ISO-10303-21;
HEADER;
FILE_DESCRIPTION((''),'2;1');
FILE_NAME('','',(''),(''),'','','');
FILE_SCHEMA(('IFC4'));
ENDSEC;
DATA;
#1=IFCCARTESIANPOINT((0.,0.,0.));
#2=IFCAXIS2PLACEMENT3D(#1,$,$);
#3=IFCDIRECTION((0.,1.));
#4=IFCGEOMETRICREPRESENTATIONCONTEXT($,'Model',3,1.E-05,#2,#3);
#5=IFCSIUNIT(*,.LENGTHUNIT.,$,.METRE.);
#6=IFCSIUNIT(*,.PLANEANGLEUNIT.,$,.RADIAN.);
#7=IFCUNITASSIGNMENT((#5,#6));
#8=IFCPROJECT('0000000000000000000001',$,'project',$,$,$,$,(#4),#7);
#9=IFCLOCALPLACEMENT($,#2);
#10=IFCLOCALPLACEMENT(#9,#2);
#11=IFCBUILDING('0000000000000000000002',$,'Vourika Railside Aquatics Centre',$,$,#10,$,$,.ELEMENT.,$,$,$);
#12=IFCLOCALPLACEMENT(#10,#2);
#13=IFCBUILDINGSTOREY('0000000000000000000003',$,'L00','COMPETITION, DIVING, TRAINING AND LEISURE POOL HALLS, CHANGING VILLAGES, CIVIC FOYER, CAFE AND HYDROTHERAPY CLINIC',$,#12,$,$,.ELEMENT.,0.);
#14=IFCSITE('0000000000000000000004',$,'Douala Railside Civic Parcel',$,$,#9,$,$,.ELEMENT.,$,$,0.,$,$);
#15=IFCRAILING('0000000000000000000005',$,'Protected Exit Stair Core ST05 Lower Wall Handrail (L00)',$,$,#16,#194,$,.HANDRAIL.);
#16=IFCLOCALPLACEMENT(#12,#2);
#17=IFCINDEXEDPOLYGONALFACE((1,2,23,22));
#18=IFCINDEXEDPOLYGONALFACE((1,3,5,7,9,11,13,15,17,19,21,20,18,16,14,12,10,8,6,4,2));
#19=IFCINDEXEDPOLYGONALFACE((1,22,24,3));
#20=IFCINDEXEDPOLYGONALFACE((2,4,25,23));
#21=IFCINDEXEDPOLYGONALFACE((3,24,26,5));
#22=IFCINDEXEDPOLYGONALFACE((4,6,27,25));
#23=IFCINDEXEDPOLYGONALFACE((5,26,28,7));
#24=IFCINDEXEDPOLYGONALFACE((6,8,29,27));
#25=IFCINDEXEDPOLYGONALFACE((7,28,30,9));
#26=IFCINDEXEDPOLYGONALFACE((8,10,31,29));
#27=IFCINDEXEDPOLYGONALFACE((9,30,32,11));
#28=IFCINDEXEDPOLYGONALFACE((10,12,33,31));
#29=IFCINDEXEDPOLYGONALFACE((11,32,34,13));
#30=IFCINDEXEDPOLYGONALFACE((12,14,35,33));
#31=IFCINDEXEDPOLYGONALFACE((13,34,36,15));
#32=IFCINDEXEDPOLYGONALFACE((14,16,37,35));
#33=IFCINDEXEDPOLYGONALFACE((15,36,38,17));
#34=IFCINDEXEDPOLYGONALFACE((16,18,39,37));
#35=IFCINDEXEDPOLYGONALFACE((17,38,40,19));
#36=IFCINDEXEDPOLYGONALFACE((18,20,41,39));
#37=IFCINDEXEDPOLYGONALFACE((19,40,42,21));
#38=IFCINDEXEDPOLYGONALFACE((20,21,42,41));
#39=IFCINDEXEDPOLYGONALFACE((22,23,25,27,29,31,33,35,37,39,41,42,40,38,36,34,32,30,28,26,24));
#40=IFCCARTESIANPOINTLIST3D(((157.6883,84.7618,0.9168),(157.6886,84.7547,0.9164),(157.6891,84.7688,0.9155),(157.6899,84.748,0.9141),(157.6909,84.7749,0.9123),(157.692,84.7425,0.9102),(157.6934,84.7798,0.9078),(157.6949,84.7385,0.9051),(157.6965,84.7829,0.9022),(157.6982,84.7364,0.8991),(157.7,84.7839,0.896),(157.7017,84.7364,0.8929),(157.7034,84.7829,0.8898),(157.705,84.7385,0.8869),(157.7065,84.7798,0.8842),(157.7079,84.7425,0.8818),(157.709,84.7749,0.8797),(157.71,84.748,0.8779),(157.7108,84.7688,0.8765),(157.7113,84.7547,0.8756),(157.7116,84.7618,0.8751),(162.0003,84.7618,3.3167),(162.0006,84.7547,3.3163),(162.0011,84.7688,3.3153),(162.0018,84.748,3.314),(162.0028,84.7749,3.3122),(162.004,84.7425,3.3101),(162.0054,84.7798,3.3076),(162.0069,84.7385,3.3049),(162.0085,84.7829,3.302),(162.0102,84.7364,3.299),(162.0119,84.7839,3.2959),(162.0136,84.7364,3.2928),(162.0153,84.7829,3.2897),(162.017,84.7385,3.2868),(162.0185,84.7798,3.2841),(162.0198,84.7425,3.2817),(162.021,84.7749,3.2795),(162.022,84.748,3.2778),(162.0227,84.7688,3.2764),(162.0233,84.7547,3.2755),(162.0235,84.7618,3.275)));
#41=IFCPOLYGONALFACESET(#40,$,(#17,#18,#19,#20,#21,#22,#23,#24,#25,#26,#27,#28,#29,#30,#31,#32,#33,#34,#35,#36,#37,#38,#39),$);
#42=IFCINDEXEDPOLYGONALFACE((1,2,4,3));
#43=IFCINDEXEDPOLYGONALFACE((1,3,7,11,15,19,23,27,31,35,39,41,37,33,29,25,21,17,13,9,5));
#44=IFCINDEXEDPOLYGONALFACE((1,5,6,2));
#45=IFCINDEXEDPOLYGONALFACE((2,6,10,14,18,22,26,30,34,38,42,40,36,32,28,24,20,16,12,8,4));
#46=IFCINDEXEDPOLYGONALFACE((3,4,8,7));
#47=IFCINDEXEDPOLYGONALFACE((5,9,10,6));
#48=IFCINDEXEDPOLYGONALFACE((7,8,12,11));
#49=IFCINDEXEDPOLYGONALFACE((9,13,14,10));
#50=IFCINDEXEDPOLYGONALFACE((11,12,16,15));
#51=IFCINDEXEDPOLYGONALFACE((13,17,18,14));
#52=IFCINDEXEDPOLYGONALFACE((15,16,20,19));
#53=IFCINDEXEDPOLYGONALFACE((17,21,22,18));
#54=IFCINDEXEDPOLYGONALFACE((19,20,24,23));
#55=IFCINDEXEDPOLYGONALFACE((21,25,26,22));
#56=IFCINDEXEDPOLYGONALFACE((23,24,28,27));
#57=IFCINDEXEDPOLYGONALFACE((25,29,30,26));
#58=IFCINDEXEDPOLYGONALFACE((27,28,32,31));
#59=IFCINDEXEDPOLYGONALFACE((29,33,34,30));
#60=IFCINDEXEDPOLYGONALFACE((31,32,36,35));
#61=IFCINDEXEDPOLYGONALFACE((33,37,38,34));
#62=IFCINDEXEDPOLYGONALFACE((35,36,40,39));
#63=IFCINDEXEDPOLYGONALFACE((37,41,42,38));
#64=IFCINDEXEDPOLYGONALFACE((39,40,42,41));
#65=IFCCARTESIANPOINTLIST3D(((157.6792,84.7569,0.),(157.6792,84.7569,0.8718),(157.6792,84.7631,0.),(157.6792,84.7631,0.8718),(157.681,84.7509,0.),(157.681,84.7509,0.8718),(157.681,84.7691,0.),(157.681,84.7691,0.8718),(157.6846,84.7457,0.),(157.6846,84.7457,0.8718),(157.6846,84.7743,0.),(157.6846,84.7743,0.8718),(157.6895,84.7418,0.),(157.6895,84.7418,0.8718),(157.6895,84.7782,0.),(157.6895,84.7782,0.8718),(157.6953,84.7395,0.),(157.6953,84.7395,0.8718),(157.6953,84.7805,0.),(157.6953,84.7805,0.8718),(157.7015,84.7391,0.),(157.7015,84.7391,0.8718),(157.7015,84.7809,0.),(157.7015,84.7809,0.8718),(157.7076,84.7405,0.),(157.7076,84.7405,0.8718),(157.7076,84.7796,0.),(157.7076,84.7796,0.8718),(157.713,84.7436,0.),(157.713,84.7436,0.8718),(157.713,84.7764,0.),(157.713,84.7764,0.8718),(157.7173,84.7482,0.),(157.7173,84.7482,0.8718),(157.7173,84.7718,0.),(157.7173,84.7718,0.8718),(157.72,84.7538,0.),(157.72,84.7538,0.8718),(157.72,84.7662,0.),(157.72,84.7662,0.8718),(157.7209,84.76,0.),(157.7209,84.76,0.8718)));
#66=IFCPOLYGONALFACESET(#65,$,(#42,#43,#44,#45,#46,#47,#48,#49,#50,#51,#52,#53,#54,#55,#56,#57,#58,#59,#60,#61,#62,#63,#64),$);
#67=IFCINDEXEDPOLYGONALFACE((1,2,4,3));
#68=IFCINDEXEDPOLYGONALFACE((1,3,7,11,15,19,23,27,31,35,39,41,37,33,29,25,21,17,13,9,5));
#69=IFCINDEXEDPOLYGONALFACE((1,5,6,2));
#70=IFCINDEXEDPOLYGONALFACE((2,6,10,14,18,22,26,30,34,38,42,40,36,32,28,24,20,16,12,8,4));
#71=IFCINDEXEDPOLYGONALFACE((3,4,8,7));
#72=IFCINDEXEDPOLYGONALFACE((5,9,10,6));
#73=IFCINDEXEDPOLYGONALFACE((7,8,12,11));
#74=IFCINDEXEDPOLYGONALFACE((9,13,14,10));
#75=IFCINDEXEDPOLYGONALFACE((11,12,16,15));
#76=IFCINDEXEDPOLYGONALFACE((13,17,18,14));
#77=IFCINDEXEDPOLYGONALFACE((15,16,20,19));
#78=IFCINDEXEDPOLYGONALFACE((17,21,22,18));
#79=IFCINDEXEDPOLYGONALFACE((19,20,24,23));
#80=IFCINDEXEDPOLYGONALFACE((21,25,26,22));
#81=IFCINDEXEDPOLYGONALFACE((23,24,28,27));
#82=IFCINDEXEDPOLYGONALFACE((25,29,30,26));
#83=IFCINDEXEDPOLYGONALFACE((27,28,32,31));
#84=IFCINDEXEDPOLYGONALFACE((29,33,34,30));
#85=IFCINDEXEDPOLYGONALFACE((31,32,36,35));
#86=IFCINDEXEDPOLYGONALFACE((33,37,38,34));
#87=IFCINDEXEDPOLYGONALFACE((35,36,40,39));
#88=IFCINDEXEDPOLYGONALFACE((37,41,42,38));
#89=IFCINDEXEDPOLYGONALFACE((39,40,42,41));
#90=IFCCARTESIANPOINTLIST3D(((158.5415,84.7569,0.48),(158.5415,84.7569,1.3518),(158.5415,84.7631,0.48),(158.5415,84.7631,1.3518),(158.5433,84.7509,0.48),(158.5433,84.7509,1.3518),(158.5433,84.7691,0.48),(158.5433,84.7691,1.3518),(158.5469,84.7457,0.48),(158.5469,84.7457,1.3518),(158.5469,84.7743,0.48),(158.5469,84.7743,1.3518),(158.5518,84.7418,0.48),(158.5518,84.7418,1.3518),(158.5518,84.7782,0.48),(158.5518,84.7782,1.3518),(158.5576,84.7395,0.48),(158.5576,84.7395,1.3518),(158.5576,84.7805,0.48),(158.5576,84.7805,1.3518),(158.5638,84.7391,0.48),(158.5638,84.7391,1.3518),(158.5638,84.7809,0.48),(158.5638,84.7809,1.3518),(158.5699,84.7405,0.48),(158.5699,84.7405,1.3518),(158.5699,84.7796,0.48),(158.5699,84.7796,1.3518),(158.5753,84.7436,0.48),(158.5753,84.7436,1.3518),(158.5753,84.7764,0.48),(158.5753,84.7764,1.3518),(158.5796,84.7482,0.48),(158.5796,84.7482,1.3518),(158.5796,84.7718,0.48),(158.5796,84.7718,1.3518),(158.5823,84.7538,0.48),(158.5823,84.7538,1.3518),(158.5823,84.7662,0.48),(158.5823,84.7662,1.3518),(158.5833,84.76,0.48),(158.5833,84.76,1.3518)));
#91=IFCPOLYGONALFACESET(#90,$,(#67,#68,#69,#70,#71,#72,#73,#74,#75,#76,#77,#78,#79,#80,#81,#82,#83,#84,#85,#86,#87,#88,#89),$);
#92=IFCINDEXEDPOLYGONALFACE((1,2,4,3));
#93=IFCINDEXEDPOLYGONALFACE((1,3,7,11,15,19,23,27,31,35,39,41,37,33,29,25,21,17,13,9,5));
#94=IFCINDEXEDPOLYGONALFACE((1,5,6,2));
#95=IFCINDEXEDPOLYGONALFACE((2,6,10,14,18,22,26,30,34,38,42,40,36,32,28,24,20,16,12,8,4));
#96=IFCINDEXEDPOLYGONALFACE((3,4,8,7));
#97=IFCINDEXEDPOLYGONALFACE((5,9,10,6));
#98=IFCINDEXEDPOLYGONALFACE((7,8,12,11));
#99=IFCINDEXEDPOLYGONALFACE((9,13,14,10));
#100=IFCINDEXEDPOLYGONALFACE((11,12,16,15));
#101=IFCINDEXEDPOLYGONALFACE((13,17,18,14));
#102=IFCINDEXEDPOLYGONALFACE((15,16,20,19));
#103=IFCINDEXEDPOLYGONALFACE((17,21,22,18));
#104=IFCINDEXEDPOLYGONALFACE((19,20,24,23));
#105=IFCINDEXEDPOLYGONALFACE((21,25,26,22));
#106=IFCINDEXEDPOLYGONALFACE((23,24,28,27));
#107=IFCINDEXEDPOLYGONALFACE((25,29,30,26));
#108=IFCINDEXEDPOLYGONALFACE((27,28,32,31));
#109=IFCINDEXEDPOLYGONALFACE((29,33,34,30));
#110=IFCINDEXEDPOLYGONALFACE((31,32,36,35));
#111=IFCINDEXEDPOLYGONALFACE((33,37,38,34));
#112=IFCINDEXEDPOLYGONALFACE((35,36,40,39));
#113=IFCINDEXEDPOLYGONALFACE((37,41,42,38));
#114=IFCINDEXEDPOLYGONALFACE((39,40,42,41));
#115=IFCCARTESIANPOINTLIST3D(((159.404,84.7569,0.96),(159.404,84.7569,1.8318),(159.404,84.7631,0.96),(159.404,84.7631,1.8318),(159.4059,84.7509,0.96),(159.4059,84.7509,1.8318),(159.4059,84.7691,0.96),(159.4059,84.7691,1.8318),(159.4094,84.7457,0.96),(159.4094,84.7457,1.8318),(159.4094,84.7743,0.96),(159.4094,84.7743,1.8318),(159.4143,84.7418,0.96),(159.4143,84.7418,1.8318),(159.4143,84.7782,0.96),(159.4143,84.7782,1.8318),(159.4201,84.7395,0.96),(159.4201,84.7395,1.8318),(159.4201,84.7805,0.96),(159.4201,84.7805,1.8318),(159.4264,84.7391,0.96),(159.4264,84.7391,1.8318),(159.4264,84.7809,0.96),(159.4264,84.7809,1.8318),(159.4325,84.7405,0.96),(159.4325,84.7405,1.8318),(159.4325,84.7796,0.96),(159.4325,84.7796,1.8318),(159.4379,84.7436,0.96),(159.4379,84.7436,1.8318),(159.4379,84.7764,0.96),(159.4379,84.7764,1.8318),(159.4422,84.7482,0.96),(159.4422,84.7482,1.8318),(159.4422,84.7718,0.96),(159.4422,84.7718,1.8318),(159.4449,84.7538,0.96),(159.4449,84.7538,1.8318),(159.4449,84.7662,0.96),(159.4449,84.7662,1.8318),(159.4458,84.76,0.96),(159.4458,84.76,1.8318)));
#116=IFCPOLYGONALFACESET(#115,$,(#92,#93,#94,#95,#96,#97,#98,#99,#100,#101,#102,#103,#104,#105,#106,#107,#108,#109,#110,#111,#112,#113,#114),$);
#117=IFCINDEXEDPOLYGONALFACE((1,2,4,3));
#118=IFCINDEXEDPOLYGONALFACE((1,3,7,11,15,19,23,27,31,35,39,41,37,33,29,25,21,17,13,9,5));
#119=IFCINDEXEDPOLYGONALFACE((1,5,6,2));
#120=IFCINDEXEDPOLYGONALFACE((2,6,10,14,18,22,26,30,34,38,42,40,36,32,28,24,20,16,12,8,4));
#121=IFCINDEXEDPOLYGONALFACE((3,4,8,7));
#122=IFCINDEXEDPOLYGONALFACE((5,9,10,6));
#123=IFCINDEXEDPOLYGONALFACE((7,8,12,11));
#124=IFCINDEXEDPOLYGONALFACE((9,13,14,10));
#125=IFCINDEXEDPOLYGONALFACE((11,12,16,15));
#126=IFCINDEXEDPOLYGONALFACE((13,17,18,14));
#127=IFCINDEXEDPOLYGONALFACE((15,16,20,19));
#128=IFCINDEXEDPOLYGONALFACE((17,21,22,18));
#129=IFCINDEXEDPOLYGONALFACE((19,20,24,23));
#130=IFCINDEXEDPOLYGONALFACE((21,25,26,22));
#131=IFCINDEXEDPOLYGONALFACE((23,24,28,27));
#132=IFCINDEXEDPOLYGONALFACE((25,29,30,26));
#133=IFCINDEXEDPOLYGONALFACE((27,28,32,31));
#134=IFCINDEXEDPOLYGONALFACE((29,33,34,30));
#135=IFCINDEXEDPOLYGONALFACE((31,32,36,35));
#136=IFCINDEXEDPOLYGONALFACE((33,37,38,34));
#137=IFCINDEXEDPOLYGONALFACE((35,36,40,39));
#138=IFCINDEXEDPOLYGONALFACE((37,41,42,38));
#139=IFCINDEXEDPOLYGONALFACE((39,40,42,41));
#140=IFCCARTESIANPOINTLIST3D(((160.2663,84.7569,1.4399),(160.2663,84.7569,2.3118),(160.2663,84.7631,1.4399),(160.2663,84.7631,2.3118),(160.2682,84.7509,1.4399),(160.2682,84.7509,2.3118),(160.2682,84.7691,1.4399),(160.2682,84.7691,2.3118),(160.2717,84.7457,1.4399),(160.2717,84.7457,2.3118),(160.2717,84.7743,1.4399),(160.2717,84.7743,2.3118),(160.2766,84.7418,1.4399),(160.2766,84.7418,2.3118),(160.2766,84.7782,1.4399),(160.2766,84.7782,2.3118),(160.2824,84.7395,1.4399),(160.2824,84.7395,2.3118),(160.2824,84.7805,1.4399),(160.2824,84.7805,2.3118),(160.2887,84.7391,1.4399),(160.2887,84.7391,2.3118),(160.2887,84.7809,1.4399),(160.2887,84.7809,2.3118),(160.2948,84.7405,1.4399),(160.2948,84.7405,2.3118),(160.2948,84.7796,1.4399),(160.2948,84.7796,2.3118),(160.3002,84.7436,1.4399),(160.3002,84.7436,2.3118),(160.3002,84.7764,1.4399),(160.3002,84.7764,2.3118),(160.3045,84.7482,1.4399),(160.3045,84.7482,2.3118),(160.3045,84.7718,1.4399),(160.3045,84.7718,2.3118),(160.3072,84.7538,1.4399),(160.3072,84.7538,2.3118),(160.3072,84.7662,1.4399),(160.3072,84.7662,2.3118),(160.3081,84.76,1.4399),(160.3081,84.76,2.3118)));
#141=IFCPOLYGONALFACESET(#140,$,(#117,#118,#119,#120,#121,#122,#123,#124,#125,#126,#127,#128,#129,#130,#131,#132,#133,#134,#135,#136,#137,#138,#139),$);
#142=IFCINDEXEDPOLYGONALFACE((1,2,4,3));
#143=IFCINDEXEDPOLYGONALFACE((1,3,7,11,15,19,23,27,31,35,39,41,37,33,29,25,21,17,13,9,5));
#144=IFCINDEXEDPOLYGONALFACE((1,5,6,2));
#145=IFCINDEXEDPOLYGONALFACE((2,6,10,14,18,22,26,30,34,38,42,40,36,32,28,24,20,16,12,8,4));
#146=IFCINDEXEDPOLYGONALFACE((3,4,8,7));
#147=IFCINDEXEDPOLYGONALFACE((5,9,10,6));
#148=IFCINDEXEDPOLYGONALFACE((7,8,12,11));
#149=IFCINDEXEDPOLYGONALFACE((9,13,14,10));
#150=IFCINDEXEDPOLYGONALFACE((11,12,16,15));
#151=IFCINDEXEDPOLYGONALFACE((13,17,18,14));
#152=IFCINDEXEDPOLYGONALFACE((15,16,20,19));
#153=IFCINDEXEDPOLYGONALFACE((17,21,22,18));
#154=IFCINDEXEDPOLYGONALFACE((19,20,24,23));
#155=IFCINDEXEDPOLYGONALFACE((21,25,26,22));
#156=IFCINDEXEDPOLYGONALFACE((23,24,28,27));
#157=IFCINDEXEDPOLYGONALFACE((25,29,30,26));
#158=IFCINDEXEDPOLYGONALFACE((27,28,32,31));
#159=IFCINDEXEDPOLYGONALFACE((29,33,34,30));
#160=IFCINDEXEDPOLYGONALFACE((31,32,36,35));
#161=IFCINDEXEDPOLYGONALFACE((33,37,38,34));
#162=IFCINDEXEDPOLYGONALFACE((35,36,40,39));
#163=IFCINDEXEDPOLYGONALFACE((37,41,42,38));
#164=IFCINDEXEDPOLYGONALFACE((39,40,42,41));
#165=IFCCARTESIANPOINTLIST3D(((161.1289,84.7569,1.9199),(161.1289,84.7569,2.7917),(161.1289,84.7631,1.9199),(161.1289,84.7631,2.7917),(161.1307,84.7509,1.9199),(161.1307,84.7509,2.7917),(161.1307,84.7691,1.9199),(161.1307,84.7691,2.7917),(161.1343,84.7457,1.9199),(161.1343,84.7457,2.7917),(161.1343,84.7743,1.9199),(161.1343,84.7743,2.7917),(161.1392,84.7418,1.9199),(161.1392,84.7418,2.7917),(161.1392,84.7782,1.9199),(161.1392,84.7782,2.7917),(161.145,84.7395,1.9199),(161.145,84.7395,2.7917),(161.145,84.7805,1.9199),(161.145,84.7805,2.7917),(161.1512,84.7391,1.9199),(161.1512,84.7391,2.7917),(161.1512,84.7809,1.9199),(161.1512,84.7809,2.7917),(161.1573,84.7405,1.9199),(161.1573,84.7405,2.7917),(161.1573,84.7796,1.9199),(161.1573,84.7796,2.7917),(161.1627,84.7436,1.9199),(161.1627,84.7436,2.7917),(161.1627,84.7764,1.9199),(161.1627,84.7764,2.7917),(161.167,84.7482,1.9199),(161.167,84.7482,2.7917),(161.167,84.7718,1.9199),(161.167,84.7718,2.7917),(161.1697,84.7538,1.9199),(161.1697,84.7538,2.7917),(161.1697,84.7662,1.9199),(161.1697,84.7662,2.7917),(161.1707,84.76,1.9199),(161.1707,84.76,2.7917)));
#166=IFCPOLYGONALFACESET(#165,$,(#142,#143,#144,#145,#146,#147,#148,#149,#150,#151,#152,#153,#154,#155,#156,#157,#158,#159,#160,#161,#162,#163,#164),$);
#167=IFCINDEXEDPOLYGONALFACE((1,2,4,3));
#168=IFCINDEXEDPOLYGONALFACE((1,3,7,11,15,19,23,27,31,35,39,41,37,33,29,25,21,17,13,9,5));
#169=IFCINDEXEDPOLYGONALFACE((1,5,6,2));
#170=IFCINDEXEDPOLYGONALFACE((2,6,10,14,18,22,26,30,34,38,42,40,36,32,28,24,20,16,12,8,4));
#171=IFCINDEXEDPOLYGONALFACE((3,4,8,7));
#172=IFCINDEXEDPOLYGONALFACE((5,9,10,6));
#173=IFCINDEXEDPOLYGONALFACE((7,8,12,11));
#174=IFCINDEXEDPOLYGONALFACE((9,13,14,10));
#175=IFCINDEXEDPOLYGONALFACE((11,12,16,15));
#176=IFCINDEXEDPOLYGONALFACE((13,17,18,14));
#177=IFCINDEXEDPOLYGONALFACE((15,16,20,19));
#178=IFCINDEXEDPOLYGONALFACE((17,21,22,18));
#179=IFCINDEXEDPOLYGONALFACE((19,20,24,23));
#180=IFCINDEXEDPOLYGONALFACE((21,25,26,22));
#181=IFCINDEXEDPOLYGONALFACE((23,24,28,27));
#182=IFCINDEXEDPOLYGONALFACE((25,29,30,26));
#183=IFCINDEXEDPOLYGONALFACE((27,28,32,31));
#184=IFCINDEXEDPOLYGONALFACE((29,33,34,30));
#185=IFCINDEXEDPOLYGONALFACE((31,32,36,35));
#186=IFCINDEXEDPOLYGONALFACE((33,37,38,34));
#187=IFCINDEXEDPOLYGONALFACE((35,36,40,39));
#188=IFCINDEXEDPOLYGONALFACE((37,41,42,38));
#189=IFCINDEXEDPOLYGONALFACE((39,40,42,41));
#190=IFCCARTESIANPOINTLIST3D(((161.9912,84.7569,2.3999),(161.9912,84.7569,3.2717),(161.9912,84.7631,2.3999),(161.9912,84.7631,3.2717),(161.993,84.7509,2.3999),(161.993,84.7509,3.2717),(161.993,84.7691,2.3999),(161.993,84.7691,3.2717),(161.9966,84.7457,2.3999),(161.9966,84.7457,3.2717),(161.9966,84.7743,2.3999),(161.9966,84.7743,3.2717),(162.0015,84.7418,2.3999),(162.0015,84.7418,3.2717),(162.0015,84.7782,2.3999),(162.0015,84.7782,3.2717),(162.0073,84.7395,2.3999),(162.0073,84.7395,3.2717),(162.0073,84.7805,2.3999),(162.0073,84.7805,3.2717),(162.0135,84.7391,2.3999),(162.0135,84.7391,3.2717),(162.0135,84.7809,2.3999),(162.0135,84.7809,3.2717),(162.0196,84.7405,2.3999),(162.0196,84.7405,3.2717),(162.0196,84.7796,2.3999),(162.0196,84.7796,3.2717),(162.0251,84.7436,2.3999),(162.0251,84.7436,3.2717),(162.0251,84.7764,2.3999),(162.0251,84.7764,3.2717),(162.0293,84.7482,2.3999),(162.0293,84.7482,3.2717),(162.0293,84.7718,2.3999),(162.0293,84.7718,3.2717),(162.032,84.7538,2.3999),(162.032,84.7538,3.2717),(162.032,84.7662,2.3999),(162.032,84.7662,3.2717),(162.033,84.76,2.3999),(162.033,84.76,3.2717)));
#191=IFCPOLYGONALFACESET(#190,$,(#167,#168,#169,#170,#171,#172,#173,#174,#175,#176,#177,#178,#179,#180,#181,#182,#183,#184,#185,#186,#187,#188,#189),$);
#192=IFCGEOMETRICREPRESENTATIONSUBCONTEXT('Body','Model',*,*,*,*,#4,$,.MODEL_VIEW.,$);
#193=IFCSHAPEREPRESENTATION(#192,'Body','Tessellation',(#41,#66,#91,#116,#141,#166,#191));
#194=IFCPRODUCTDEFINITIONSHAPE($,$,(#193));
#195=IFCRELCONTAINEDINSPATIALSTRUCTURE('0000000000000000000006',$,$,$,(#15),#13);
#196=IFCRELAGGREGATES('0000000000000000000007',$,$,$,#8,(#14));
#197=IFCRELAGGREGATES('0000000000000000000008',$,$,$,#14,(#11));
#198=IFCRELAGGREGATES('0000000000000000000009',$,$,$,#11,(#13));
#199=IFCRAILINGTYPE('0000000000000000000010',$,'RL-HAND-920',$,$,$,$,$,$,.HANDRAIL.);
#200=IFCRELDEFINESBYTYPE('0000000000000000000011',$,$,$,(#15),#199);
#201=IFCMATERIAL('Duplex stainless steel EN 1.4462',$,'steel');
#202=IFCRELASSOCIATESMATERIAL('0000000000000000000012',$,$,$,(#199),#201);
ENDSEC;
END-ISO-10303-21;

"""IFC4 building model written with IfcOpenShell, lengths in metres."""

from ifc_helpers import new_model, si_unit, direction, frame, origin, origin_2d, place, context, subcontext, project, spatial, circle, extrude, material, type_object, element, save


model = new_model("IFC4")

# Units and contexts
model_context = context("Model", 3, precision=1e-05, world=origin(), true_north=direction((0.0, 1.0)))
body_context = subcontext(model_context, "Body", "Model", "MODEL_VIEW")
ifc_project = project(units=[si_unit("LENGTHUNIT", "METRE"), si_unit("PLANEANGLEUNIT", "RADIAN")], contexts=[model_context])

# Site, building, storey
site_placement = place(None, origin())
site = spatial("IfcSite", under=ifc_project, at=site_placement, Name="Douala Railside Civic Parcel", CompositionType="ELEMENT", RefElevation=0.0)
building_placement = place(site_placement, origin())
building = spatial("IfcBuilding", under=site, at=building_placement, Name="Vourika Railside Aquatics Centre", CompositionType="ELEMENT")
storey_placement = place(building_placement, origin())
storey = spatial("IfcBuildingStorey", under=building, at=storey_placement, Name="L00", Description="COMPETITION, DIVING, TRAINING AND LEISURE POOL HALLS, CHANGING VILLAGES, CIVIC FOYER, CAFE AND HYDROTHERAPY CLINIC", CompositionType="ELEMENT", Elevation=0.0)

# Railing
ifc_material_1 = material(Name="Duplex stainless steel EN 1.4462", Category="steel")
railing_type_1 = type_object("IfcRailingType", Name="RL-HAND-920", PredefinedType="HANDRAIL", material=ifc_material_1)
railing_1_placement = place(storey_placement, frame((157.7, 84.76, 0.0)))
element("IfcRailing", 1, at=railing_1_placement, inside=storey, type_object=railing_type_1, Name="Protected Exit Stair Core ST05 Lower Wall Handrail (L00)", PredefinedType="HANDRAIL", context=body_context, shape_type="SweptSolid", body=[
    extrude(circle(Radius=0.0239, at=origin_2d()), frame((0.0, 0.0, 0.896), z_axis=(0.873784, 0.0, 0.486315), x_axis=(0.0, 1.0, 0.0)), (0.0, 0.0, 1.0), 4.9348),
    extrude(circle(Radius=0.021, at=origin_2d()), origin(), (0.0, 0.0, 1.0), 0.8718),
    extrude(circle(Radius=0.021, at=origin_2d()), frame((0.8623, 0.0, 0.48)), (0.0, 0.0, 1.0), 0.8718),
    extrude(circle(Radius=0.021, at=origin_2d()), frame((1.7249, 0.0, 0.96)), (0.0, 0.0, 1.0), 0.8718),
    extrude(circle(Radius=0.021, at=origin_2d()), frame((2.5872, 0.0, 1.4399)), (0.0, 0.0, 1.0), 0.8718),
    extrude(circle(Radius=0.021, at=origin_2d()), frame((3.4497, 0.0, 1.9199)), (0.0, 0.0, 1.0), 0.8718),
    extrude(circle(Radius=0.021, at=origin_2d()), frame((4.312, 0.0, 2.3999)), (0.0, 0.0, 1.0), 0.8718),
])

save(model, "model.ifc")
